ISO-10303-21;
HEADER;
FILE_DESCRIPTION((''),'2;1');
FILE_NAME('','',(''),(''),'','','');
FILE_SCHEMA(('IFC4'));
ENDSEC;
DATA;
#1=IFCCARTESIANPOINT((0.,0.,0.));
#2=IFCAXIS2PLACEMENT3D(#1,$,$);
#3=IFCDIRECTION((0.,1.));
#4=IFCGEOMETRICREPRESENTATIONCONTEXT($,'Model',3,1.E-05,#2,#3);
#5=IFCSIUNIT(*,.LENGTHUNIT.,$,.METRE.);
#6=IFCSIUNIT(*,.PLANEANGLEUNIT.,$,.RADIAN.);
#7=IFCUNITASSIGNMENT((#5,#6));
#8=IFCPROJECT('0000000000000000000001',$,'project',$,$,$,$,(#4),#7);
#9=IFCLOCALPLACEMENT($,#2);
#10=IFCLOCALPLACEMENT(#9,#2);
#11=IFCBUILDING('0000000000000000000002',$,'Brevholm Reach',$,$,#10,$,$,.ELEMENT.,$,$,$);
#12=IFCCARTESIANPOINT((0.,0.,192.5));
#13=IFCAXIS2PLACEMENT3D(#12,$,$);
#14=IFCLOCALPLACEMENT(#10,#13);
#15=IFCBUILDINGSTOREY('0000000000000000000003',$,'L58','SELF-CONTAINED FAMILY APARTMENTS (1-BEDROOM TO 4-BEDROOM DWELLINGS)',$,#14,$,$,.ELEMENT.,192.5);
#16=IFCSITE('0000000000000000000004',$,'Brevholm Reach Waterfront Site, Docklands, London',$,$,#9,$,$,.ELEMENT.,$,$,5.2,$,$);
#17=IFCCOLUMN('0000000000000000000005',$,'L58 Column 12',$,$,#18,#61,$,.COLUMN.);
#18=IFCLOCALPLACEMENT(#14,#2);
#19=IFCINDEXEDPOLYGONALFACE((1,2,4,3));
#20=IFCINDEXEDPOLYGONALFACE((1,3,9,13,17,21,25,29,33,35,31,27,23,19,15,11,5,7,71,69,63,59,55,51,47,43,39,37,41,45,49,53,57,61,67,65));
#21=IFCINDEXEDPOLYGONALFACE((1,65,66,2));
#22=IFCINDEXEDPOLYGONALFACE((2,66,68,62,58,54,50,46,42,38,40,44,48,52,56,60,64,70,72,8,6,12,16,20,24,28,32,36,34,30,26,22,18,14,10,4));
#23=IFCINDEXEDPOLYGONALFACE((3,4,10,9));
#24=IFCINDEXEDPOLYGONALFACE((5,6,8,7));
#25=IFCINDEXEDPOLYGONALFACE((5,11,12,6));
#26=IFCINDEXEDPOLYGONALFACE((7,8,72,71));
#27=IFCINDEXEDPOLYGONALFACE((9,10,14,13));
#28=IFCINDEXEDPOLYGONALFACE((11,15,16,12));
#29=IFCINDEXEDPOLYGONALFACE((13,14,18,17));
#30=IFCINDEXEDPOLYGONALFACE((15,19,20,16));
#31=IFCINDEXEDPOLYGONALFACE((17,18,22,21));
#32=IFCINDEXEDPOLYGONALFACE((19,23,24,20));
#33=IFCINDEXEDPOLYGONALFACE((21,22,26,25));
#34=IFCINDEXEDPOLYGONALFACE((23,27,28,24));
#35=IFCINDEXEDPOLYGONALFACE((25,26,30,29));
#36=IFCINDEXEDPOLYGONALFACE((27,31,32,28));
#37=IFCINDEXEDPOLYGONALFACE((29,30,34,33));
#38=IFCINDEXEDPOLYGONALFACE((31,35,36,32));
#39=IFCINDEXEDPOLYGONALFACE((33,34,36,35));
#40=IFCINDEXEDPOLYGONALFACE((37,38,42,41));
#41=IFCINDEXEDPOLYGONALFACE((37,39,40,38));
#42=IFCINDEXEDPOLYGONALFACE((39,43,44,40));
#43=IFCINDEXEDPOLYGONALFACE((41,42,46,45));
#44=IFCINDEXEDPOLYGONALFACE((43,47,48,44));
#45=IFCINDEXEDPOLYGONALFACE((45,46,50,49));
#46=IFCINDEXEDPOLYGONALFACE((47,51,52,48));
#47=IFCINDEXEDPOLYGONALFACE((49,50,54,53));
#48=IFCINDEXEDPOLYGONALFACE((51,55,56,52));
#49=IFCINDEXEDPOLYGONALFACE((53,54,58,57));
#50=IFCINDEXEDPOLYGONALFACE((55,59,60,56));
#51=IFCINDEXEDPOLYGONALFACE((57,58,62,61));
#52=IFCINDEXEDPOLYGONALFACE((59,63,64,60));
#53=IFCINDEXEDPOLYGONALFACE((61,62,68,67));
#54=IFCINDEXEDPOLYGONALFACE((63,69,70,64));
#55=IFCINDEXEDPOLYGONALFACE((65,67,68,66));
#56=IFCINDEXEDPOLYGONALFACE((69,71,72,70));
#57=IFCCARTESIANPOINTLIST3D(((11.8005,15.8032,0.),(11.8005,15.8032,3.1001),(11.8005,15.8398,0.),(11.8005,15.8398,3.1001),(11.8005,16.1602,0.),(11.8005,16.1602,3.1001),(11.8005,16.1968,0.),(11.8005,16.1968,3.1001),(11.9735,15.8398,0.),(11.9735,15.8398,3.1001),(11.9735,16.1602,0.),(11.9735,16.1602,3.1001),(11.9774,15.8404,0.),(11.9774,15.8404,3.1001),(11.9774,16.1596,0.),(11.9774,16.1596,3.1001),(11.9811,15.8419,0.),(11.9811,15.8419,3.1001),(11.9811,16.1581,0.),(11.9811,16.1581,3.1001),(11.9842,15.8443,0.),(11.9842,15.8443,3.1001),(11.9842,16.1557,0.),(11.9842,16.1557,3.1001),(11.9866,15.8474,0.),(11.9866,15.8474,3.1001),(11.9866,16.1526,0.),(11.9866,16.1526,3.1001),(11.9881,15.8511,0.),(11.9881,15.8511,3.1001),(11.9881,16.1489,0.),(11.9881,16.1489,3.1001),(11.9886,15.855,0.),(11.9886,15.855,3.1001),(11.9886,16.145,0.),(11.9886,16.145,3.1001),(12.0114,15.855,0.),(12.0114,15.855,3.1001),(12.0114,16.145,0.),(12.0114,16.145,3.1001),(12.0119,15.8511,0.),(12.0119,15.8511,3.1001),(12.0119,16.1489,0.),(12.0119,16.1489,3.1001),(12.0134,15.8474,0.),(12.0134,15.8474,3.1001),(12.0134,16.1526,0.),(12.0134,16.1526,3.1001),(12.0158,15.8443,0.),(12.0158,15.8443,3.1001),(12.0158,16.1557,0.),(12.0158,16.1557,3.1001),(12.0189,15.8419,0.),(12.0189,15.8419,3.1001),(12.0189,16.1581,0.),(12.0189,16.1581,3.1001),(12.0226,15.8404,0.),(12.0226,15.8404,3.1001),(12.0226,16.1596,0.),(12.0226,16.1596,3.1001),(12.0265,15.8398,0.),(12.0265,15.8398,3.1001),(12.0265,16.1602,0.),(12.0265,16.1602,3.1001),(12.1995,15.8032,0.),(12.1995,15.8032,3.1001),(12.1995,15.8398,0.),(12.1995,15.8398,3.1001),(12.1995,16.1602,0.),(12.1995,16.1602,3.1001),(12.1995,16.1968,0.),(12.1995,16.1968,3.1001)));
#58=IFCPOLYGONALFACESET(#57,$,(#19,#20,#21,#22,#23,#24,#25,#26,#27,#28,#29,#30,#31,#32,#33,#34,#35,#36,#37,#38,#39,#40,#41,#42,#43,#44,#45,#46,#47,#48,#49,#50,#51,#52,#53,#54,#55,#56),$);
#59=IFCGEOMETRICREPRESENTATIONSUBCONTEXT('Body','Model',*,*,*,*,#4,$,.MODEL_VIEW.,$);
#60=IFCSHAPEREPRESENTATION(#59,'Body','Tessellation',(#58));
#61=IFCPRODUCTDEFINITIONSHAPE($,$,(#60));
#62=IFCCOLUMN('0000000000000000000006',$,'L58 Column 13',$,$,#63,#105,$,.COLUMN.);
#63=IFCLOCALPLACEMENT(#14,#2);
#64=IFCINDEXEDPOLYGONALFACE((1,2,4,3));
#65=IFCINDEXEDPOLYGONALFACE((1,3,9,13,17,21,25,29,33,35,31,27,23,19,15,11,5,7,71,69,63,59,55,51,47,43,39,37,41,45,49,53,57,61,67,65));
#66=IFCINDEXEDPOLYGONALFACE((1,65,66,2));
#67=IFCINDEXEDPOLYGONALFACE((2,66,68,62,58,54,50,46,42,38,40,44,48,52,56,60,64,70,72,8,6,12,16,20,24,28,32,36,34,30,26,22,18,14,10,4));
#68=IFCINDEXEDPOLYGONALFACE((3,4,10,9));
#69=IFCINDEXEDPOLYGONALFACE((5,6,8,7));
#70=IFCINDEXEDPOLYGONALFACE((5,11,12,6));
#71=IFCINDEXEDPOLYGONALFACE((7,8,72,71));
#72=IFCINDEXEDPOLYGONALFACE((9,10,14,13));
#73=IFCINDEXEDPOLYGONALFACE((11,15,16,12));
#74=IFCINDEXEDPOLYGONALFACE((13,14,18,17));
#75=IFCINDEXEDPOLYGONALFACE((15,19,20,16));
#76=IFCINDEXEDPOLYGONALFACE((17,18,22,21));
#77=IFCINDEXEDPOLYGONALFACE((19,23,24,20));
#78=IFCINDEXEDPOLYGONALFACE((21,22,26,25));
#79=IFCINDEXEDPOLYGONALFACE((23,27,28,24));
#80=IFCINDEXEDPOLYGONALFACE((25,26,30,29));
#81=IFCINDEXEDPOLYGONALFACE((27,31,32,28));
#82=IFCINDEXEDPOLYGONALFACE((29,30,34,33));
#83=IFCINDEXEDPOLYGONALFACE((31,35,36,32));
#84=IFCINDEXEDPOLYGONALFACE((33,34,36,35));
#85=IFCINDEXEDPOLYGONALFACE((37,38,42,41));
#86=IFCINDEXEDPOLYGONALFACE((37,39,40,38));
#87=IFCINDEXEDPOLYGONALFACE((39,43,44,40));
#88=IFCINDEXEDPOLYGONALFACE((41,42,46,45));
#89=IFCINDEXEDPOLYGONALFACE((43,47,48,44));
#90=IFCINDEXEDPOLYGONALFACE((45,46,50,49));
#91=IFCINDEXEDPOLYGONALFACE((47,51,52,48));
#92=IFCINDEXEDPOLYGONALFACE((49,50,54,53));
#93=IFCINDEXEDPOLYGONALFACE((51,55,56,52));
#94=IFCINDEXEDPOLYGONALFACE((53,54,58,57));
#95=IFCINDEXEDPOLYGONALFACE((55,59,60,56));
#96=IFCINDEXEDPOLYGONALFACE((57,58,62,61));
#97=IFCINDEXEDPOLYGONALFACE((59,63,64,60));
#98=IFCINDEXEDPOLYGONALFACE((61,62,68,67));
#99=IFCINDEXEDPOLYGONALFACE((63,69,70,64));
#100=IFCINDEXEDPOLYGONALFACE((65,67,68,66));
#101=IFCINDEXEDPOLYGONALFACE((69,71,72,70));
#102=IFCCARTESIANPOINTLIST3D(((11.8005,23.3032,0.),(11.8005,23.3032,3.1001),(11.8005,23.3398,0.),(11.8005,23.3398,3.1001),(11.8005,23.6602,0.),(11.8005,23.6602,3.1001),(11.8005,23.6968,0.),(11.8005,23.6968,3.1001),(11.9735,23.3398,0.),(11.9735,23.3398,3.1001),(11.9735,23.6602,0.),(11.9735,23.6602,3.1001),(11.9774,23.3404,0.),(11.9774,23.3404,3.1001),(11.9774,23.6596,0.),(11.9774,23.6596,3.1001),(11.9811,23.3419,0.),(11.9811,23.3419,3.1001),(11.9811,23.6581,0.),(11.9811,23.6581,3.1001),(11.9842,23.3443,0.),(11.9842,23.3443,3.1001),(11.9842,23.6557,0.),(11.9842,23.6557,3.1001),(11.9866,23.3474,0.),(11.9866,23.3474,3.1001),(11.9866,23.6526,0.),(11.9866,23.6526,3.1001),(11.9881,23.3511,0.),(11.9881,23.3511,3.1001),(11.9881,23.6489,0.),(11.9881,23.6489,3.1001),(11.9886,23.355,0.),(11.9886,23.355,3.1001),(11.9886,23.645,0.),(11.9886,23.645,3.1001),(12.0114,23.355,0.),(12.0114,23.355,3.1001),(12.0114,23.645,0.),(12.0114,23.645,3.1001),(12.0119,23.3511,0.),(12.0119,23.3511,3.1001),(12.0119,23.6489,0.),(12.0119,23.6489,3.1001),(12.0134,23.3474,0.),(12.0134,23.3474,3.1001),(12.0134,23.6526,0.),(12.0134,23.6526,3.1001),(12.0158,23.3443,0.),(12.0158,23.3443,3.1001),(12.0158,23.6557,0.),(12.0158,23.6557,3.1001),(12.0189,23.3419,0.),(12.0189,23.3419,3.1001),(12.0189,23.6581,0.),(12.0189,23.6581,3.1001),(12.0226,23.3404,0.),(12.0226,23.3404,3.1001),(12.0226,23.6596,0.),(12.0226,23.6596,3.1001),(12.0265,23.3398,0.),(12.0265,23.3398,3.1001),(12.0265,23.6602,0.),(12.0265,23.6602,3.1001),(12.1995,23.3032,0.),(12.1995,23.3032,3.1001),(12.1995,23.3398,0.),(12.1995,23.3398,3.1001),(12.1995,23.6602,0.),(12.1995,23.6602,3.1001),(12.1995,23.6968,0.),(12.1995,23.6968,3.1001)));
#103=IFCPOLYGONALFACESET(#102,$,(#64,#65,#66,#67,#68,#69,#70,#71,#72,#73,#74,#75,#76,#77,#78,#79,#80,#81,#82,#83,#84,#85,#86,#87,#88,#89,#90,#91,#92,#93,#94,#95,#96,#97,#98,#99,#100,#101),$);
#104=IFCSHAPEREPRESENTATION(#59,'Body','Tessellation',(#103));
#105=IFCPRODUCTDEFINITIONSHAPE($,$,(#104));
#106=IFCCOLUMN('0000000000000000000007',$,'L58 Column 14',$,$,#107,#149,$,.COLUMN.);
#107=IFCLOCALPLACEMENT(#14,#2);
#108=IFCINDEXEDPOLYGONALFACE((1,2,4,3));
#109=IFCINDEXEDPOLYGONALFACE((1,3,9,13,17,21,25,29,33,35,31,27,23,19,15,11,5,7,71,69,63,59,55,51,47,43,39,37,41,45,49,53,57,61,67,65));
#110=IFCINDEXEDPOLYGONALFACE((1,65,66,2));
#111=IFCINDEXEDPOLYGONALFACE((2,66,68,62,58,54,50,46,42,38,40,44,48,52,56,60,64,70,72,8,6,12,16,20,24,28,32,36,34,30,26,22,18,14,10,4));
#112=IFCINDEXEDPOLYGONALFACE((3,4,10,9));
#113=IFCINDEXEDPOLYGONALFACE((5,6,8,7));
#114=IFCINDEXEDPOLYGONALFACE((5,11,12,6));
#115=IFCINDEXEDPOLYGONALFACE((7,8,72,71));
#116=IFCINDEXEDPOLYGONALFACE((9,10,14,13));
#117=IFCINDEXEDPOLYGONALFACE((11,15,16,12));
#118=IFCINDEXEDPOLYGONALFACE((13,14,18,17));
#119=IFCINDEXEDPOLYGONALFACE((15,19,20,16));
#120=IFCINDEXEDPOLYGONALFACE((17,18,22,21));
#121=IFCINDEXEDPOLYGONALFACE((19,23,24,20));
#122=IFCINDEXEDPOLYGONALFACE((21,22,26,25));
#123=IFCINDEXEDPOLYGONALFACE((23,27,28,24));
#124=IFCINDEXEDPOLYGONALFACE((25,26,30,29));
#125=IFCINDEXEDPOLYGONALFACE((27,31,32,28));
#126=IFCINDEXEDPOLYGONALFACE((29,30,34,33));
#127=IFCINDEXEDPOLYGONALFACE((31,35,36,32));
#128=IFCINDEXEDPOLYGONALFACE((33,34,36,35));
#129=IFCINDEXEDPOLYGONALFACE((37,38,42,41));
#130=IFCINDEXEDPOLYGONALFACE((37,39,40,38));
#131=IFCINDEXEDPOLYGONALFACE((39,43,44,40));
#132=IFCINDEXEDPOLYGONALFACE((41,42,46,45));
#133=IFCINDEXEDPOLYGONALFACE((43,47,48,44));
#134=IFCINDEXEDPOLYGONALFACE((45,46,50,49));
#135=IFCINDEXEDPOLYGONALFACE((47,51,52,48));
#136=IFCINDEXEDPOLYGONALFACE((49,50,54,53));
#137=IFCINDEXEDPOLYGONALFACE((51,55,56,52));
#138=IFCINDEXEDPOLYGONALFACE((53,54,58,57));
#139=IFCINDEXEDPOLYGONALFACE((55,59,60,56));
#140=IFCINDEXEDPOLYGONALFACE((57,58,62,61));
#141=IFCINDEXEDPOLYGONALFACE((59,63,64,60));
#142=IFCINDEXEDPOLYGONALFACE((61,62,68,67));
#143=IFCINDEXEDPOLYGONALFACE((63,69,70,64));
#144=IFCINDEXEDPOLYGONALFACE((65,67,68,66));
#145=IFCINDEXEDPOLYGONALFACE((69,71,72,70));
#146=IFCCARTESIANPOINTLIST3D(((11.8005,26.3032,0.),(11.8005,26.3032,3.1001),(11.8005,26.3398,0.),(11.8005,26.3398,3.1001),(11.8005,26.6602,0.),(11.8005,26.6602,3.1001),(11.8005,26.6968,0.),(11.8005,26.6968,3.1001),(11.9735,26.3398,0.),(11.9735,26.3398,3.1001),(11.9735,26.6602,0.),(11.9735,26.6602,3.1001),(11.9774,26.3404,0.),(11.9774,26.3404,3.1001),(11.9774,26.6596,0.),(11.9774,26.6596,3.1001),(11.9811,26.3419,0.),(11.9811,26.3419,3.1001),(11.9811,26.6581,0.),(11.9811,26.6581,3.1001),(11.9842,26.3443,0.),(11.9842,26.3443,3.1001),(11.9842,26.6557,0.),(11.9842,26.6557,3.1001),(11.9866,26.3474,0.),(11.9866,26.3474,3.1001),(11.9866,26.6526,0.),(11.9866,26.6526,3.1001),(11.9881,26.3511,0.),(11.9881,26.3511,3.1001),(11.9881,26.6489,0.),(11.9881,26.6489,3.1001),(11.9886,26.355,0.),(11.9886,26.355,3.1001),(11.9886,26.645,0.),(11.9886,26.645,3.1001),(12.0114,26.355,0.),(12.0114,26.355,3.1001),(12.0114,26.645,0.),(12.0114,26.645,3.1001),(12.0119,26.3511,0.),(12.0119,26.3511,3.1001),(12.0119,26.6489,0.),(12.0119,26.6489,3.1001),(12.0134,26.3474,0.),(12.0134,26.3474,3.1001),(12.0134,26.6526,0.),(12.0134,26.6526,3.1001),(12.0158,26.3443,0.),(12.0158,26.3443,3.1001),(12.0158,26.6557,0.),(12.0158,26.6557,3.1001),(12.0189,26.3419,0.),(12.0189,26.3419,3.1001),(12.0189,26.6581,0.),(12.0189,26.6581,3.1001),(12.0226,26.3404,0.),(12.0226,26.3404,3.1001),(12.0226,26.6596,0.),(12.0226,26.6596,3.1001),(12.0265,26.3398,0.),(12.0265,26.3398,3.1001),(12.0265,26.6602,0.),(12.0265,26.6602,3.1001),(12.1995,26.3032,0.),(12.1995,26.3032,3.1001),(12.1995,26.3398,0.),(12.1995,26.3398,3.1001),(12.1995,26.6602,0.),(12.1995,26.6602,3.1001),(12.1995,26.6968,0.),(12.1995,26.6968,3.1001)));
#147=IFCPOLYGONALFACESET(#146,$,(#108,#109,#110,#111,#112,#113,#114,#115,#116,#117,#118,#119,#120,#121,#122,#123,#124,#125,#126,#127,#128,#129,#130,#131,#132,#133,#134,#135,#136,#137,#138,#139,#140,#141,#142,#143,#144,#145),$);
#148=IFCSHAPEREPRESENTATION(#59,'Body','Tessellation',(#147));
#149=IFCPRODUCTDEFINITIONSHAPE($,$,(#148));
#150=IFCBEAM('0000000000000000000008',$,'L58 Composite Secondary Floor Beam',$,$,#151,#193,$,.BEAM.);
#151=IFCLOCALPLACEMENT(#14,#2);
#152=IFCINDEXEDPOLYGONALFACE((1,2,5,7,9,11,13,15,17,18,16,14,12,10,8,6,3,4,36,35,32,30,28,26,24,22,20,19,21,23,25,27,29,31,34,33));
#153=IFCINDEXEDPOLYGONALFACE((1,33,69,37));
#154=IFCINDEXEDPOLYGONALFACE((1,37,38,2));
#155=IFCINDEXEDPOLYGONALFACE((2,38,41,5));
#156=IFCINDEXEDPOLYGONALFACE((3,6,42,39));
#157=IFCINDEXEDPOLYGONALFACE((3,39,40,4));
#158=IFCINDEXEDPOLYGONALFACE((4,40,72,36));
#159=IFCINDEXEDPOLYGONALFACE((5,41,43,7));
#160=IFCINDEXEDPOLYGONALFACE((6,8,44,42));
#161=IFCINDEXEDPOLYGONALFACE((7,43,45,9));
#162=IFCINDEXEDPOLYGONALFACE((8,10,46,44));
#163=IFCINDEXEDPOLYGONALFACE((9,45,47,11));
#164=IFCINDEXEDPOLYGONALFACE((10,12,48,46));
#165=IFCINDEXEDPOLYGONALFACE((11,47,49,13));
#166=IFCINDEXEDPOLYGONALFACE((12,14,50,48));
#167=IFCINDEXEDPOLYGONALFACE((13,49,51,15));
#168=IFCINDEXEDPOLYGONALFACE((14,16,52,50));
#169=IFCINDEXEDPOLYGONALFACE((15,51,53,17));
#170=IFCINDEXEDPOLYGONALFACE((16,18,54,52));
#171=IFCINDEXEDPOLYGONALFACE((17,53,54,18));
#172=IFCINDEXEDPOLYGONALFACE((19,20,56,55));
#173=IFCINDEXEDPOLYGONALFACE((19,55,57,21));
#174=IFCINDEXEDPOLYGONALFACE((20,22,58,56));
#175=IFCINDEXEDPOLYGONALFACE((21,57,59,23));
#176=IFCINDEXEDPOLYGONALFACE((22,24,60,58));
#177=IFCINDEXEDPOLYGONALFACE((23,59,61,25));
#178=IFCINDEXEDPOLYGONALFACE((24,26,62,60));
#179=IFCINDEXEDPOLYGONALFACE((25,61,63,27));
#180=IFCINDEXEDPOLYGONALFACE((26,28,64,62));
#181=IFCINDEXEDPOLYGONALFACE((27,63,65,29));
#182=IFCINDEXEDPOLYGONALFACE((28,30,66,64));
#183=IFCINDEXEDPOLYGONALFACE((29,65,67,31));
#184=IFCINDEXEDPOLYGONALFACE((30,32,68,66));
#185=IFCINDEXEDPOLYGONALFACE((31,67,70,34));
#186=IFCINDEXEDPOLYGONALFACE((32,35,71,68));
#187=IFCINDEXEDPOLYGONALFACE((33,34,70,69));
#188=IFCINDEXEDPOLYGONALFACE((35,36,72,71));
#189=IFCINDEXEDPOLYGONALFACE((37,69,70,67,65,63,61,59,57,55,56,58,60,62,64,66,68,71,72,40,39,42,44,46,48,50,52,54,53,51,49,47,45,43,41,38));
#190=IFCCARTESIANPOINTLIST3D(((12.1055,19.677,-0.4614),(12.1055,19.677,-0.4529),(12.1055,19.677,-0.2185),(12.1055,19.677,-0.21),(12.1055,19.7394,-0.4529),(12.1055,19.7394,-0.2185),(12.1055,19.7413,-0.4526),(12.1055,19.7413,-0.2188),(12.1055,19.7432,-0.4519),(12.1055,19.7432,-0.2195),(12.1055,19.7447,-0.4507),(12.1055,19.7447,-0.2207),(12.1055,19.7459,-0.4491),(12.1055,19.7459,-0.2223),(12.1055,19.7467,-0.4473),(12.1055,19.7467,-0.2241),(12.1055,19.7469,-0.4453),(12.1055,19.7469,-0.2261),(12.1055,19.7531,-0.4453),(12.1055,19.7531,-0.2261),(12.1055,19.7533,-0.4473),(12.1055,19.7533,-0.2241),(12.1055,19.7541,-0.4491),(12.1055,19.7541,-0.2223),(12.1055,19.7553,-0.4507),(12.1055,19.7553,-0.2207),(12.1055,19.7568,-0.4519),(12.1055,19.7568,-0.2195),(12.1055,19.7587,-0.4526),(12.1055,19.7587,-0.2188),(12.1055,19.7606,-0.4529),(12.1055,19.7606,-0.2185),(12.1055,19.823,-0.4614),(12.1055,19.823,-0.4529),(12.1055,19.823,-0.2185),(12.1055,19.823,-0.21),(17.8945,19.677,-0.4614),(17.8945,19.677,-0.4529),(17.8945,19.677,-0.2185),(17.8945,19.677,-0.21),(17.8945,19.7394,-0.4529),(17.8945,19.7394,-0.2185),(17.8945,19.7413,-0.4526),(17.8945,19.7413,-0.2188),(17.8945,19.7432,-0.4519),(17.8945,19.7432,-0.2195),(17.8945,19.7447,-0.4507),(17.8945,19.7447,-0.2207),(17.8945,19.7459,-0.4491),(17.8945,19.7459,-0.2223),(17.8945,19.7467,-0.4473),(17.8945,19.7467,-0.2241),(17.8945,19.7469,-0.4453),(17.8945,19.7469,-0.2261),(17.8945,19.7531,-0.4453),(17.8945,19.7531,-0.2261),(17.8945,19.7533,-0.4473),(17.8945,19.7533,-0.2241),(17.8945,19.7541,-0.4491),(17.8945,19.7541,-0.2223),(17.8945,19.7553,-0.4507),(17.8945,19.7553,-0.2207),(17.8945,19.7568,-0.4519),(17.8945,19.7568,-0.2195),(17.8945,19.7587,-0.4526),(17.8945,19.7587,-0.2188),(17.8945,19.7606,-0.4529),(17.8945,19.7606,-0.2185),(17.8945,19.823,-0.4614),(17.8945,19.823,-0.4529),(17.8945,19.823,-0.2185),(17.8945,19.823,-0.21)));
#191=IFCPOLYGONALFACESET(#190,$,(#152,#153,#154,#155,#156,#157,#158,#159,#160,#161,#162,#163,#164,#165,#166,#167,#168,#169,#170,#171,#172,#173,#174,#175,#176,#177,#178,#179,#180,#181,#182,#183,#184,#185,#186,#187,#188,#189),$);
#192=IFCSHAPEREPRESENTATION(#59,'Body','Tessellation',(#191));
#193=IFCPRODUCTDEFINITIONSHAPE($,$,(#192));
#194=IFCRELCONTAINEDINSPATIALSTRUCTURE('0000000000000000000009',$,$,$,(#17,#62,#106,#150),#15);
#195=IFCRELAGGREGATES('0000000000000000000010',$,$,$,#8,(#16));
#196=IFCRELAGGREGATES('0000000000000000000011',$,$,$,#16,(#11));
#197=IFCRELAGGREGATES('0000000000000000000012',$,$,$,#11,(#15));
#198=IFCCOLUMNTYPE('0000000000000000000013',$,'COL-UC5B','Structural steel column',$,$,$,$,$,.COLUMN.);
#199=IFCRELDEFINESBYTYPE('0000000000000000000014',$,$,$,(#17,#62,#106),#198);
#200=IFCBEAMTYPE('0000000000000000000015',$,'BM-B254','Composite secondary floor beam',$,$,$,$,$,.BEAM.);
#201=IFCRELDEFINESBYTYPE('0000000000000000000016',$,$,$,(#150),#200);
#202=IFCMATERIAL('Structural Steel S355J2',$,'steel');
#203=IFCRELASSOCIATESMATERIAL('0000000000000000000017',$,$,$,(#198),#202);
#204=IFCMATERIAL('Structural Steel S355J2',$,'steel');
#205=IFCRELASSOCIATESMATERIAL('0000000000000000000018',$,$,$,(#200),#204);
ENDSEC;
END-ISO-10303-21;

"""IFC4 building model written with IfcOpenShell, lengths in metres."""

from ifc_helpers import new_model, si_unit, direction, frame, origin, origin_2d, place, context, subcontext, project, spatial, i_section, extrude, material, material_profile, profile_set, type_object, element, save


model = new_model("IFC4")

# Units and contexts
model_context = context("Model", 3, precision=1e-05, world=origin(), true_north=direction((0.0, 1.0)))
body_context = subcontext(model_context, "Body", "Model", "MODEL_VIEW")
ifc_project = project(units=[si_unit("LENGTHUNIT", "METRE"), si_unit("PLANEANGLEUNIT", "RADIAN")], contexts=[model_context])

# Site, building, storey
site_placement = place(None, origin())
site = spatial("IfcSite", under=ifc_project, at=site_placement, Name="Brevholm Reach Waterfront Site, Docklands, London", CompositionType="ELEMENT", RefElevation=5.2)
building_placement = place(site_placement, origin())
building = spatial("IfcBuilding", under=site, at=building_placement, Name="Brevholm Reach", CompositionType="ELEMENT")
storey_placement = place(building_placement, frame((0.0, 0.0, 192.5)))
storey = spatial("IfcBuildingStorey", under=building, at=storey_placement, Name="L58", Description="SELF-CONTAINED FAMILY APARTMENTS (1-BEDROOM TO 4-BEDROOM DWELLINGS)", CompositionType="ELEMENT", Elevation=192.5)

# Columns
ifc_material_1 = material(Name="Structural Steel S355J2", Category="steel")
ifc_material_profile_1 = material_profile(ifc_material_1, i_section(OverallWidth=0.3989, OverallDepth=0.3936, WebThickness=0.0227, FlangeThickness=0.0366, FilletRadius=0.0151, at=origin_2d()), Name="UKC 356x406x287")
ifc_profile_set_1 = profile_set([ifc_material_profile_1], Name="Structural Steel S355J2")
column_type = type_object("IfcColumnType", Name="COL-UC5B", Description="Structural steel column", PredefinedType="COLUMN", material=ifc_profile_set_1)
for number, where, z_axis, x_axis, name in (
    (1, (12.0, 16.0, 0.0), (0.0, 0.0, 1.0), (1.0, 0.0, 0.0), "L58 Column 12"),
    (2, (12.0, 23.5, 0.0), (0.0, 0.0, 1.0), (1.0, 0.0, 0.0), "L58 Column 13"),
    (3, (12.0, 26.5, 0.0), (0.0, 0.0, 1.0), (1.0, 0.0, 0.0), "L58 Column 14"),
):
    element("IfcColumn", number, at=place(storey_placement, frame(where, z_axis=z_axis, x_axis=x_axis)), inside=storey, type_object=column_type, Name=name, PredefinedType="COLUMN", context=body_context, shape_type="SweptSolid", body=[
        extrude(i_section(OverallWidth=0.3989, OverallDepth=0.3936, WebThickness=0.0227, FlangeThickness=0.0366, FilletRadius=0.0151, at=origin_2d()), origin(), (0.0, 0.0, 1.0), 3.1001),
    ])

# Beam
ifc_material_2 = material(Name="Structural Steel S355J2", Category="steel")
ifc_material_profile_2 = material_profile(ifc_material_2, i_section(OverallWidth=0.146, OverallDepth=0.2515, WebThickness=0.0061, FlangeThickness=0.0085, FilletRadius=0.0076, at=origin_2d()), Name="UKB 254x146x31")
ifc_profile_set_2 = profile_set([ifc_material_profile_2], Name="Structural Steel S355J2")
beam_type_1 = type_object("IfcBeamType", Name="BM-B254", Description="Composite secondary floor beam", PredefinedType="BEAM", material=ifc_profile_set_2)
beam_1_placement = place(storey_placement, frame((12.1055, 19.75, -0.3357), z_axis=(1.0, 0.0, 0.0), x_axis=(0.0, 1.0, 0.0)))
element("IfcBeam", 4, at=beam_1_placement, inside=storey, type_object=beam_type_1, Name="L58 Composite Secondary Floor Beam", PredefinedType="BEAM", context=body_context, shape_type="SweptSolid", body=[
    extrude(i_section(OverallWidth=0.146, OverallDepth=0.2515, WebThickness=0.0061, FlangeThickness=0.0085, FilletRadius=0.0076, at=origin_2d()), origin(), (0.0, 0.0, 1.0), 5.7891),
])

save(model, "model.ifc")
